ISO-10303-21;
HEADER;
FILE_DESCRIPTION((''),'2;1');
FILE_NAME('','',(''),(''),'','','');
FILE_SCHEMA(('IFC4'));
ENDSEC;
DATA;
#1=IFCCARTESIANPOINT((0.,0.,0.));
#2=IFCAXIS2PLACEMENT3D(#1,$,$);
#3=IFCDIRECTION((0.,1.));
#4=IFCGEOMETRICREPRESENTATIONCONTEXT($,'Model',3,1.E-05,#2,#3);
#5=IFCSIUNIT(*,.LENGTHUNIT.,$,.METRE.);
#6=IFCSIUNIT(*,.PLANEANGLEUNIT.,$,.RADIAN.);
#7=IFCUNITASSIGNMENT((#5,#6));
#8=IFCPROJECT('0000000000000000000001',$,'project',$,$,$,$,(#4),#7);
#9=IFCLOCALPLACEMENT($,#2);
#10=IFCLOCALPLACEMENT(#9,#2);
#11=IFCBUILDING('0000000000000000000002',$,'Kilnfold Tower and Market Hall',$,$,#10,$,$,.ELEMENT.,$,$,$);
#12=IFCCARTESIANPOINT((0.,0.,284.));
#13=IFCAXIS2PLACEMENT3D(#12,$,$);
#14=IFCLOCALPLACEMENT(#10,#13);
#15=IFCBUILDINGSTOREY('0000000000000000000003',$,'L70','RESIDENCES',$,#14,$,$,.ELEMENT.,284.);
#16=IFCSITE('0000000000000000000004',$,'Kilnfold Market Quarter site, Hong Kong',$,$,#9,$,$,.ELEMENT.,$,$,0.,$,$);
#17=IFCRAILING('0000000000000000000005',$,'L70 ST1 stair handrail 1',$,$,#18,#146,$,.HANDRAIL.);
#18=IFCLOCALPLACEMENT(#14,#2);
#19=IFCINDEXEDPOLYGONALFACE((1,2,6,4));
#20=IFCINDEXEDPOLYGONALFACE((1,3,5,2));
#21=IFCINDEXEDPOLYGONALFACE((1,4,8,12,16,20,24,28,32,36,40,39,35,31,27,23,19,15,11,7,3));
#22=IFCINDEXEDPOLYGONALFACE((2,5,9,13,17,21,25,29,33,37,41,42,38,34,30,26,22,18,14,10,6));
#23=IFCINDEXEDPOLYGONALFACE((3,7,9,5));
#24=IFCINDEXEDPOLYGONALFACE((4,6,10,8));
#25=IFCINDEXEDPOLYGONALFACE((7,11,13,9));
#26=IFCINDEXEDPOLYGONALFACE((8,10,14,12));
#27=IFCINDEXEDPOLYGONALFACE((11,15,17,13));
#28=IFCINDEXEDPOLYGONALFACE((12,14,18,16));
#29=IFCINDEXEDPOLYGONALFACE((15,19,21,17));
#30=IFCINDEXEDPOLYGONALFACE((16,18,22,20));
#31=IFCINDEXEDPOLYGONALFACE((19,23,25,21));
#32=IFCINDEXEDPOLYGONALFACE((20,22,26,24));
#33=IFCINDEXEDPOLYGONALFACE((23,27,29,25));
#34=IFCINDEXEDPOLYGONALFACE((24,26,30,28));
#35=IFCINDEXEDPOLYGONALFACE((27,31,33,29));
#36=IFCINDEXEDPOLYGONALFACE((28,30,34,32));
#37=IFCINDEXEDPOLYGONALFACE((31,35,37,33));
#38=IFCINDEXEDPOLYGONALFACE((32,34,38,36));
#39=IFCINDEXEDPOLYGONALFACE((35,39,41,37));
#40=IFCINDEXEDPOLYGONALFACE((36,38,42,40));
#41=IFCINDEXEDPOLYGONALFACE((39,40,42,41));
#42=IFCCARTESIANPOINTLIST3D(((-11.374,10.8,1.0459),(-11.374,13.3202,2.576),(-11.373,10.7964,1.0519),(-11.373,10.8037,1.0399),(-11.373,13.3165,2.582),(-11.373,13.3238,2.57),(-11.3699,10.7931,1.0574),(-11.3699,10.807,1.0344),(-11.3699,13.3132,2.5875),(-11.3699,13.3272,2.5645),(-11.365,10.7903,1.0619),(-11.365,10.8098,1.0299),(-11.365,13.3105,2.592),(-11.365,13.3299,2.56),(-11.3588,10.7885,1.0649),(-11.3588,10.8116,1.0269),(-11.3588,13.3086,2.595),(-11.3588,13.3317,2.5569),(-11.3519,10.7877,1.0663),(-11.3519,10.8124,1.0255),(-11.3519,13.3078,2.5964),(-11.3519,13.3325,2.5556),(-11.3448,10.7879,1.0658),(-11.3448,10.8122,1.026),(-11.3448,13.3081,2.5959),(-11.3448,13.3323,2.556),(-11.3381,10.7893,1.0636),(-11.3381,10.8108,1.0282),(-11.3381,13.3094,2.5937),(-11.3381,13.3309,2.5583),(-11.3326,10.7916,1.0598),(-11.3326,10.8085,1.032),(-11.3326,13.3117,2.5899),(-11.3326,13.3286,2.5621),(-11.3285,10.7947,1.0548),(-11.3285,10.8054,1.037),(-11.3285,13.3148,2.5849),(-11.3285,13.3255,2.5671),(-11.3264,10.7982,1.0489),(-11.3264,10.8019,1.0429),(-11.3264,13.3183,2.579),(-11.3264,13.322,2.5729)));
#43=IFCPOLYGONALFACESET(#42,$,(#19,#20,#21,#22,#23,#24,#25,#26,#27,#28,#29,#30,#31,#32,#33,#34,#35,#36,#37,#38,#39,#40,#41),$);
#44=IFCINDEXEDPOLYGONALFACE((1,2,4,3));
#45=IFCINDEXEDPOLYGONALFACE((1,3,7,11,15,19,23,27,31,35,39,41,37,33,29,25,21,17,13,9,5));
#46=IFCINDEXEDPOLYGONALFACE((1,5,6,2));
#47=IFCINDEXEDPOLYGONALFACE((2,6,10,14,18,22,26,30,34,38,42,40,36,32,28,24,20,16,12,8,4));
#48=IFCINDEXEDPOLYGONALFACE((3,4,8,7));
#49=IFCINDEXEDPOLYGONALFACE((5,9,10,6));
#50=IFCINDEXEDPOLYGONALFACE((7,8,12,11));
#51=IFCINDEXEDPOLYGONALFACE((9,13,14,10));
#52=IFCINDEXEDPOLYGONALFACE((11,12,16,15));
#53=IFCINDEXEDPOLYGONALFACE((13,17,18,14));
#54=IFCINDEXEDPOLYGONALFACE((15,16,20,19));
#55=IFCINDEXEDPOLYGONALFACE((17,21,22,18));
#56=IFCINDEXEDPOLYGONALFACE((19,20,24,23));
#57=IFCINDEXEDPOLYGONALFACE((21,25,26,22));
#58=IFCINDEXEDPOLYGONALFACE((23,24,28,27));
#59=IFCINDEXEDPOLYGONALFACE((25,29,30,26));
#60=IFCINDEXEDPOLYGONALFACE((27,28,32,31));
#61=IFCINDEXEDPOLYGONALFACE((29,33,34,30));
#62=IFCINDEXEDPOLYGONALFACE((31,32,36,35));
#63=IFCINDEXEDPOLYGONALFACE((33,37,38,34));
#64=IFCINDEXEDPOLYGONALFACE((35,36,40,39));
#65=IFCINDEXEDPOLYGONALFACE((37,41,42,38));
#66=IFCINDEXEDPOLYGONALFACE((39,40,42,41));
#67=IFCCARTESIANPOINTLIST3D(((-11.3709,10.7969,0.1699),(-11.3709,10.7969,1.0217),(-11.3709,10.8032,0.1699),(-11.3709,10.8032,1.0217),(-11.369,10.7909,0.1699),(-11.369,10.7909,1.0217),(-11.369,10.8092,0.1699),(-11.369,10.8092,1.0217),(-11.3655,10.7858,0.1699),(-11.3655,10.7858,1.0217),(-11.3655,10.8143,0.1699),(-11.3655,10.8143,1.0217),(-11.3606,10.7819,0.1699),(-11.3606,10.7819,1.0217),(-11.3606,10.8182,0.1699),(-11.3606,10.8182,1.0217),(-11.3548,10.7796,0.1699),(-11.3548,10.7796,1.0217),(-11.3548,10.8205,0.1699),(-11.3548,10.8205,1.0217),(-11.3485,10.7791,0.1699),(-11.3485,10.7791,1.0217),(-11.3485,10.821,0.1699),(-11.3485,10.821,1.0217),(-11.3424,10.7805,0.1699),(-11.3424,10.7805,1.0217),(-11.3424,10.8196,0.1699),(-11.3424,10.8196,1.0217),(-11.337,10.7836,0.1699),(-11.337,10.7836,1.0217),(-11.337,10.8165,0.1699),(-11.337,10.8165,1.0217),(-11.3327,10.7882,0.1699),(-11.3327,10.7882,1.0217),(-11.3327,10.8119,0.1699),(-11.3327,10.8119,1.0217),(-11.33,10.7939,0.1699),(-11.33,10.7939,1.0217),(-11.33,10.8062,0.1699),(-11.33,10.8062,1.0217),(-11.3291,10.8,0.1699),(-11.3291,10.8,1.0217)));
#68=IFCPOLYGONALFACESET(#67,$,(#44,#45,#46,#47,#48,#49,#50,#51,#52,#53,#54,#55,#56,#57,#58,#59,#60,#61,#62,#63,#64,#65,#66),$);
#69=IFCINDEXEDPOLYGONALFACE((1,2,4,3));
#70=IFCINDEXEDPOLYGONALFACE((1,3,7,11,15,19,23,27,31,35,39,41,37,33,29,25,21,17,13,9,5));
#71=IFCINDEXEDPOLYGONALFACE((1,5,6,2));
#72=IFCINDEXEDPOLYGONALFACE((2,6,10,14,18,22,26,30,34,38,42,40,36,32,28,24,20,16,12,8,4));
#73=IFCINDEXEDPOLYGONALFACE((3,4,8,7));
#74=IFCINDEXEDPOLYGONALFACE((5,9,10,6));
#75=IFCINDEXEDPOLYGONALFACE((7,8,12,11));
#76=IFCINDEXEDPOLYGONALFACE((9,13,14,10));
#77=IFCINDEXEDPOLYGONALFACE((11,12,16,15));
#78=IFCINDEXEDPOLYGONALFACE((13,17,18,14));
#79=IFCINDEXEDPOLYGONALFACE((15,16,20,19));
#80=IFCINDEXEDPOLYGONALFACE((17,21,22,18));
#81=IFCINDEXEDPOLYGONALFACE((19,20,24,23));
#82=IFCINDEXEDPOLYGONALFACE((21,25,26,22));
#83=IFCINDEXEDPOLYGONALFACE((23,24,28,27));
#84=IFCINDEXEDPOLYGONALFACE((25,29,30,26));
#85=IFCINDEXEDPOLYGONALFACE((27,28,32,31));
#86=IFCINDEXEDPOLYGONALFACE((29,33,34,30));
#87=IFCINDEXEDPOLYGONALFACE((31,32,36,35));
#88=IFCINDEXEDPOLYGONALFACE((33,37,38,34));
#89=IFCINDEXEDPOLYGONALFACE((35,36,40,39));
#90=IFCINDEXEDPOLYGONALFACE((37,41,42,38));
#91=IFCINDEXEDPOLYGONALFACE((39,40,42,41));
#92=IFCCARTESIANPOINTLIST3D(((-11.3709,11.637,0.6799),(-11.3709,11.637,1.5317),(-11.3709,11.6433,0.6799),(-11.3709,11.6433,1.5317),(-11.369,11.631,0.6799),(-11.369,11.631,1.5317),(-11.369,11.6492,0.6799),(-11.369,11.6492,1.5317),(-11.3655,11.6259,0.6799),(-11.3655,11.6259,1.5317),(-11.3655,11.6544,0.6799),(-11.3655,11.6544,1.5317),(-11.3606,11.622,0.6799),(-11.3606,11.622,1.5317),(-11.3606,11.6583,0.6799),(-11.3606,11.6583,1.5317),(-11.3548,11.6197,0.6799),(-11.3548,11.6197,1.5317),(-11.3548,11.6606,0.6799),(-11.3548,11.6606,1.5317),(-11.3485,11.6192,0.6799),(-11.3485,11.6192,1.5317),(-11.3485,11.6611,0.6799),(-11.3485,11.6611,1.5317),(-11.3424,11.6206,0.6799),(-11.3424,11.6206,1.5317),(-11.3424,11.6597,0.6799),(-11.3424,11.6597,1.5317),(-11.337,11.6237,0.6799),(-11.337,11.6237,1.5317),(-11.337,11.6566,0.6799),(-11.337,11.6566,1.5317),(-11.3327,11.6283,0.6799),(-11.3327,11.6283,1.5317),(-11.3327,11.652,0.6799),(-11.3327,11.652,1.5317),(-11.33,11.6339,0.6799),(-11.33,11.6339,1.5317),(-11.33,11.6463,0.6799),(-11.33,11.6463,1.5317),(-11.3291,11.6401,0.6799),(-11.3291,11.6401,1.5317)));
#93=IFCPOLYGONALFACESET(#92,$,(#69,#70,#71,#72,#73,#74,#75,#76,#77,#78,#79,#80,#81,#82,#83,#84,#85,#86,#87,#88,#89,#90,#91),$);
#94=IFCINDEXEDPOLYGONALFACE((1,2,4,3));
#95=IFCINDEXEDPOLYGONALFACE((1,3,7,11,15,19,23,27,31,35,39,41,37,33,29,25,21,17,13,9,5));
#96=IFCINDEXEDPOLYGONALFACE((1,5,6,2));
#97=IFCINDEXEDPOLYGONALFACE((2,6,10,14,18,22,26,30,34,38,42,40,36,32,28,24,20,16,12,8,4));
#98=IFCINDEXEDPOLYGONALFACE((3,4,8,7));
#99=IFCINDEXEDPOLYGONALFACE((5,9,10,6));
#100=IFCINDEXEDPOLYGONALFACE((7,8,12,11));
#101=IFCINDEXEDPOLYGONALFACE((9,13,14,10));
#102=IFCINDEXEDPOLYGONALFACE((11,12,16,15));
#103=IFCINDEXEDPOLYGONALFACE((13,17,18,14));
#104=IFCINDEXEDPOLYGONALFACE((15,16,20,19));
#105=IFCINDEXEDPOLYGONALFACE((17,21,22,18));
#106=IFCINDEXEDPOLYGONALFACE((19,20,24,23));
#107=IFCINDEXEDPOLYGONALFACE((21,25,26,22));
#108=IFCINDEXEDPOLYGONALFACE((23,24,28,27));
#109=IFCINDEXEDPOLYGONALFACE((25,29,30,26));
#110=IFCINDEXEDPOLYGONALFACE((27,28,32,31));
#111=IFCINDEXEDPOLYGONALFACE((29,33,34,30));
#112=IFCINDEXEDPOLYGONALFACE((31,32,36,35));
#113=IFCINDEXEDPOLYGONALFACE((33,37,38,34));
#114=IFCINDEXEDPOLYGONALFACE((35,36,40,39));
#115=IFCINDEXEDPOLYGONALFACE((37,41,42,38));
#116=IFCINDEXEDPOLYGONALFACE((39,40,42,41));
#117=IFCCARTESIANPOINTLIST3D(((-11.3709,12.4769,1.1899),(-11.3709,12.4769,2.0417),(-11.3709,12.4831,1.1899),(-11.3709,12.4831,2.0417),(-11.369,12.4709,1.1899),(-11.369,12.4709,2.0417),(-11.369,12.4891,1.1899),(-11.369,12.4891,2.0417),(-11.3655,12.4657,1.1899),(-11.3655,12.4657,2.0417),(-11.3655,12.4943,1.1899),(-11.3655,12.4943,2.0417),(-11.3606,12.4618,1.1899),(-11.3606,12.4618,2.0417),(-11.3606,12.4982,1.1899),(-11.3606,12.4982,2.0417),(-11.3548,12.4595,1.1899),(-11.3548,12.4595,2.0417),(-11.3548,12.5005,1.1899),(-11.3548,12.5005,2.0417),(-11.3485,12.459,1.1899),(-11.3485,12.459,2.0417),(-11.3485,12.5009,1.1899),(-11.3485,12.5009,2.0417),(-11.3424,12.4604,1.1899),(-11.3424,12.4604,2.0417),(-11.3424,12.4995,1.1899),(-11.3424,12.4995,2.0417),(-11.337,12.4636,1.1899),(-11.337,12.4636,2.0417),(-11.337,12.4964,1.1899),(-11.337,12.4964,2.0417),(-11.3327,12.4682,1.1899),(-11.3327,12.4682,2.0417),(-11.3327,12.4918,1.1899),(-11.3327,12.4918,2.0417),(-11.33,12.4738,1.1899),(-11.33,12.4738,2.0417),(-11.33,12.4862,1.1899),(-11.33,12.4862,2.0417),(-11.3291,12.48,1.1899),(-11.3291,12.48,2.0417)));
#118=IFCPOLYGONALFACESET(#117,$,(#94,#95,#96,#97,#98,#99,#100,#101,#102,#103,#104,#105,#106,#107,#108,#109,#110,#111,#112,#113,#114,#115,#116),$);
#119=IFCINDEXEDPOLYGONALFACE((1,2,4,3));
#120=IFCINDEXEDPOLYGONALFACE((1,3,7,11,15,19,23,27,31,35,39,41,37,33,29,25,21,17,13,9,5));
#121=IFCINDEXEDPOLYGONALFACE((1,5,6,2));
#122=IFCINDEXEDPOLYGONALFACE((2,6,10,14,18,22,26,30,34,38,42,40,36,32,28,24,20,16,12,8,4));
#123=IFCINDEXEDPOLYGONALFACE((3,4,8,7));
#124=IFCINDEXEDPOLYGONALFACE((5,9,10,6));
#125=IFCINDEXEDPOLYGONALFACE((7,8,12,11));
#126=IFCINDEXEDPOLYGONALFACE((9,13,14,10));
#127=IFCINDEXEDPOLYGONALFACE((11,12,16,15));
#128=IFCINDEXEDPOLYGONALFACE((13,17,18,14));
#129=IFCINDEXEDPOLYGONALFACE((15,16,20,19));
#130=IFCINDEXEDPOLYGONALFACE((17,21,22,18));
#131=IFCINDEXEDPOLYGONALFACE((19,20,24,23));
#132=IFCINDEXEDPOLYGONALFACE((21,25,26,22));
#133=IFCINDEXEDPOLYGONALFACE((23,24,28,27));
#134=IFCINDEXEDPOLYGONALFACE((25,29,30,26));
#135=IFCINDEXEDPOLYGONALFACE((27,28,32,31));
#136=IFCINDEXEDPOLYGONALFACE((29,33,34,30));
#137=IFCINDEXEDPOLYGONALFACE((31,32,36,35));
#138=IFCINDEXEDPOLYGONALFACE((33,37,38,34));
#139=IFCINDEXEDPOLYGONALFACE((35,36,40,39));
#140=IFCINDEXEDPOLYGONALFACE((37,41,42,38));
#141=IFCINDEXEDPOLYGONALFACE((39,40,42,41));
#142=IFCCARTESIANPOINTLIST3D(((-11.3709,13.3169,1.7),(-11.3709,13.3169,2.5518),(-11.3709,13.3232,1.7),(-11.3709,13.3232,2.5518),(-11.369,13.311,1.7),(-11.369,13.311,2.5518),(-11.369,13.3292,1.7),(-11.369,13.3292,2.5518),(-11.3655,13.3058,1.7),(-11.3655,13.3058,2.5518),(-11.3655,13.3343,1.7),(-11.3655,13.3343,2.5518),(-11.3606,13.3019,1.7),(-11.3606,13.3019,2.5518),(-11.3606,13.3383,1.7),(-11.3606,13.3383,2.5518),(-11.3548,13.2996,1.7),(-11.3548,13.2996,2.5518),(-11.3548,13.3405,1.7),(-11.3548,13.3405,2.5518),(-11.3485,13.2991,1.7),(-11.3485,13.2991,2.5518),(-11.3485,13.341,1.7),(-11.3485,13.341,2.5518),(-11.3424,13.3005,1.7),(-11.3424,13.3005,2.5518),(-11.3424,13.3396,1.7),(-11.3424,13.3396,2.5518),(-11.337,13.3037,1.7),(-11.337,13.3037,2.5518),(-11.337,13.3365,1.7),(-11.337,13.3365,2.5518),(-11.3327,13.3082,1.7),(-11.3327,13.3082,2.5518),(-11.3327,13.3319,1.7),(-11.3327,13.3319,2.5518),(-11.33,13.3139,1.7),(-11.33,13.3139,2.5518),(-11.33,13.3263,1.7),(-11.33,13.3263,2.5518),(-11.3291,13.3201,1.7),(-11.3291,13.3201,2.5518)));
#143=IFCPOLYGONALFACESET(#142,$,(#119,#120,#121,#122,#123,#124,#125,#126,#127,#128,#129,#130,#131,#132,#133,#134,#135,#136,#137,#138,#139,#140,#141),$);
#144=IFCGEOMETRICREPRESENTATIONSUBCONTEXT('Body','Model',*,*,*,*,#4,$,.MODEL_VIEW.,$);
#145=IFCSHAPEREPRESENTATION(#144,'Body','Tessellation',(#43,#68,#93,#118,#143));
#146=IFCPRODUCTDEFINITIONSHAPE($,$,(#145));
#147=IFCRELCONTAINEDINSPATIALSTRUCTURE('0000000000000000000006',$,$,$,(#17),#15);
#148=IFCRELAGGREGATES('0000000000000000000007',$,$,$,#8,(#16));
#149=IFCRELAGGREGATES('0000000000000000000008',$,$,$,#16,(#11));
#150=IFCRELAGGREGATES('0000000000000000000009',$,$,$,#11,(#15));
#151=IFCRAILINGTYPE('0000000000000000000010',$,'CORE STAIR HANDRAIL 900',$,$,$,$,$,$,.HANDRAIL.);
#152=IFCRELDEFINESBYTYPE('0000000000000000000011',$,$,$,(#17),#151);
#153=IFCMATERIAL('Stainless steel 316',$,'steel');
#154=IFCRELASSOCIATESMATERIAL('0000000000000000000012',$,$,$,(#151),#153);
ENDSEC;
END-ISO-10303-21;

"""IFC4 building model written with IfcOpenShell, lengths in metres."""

from ifc_helpers import new_model, si_unit, direction, frame, origin, origin_2d, place, context, subcontext, project, spatial, circle, extrude, material, type_object, element, save


model = new_model("IFC4")

# Units and contexts
model_context = context("Model", 3, precision=1e-05, world=origin(), true_north=direction((0.0, 1.0)))
body_context = subcontext(model_context, "Body", "Model", "MODEL_VIEW")
ifc_project = project(units=[si_unit("LENGTHUNIT", "METRE"), si_unit("PLANEANGLEUNIT", "RADIAN")], contexts=[model_context])

# Site, building, storey
site_placement = place(None, origin())
site = spatial("IfcSite", under=ifc_project, at=site_placement, Name="Kilnfold Market Quarter site, Hong Kong", CompositionType="ELEMENT", RefElevation=0.0)
building_placement = place(site_placement, origin())
building = spatial("IfcBuilding", under=site, at=building_placement, Name="Kilnfold Tower and Market Hall", CompositionType="ELEMENT")
storey_placement = place(building_placement, frame((0.0, 0.0, 284.0)))
storey = spatial("IfcBuildingStorey", under=building, at=storey_placement, Name="L70", Description="RESIDENCES", CompositionType="ELEMENT", Elevation=284.0)

# Railing
ifc_material_1 = material(Name="Stainless steel 316", Category="steel")
railing_type_1 = type_object("IfcRailingType", Name="CORE STAIR HANDRAIL 900", PredefinedType="HANDRAIL", material=ifc_material_1)
railing_1_placement = place(storey_placement, frame((-11.3501, 10.8, 0.1699)))
element("IfcRailing", 1, at=railing_1_placement, inside=storey, type_object=railing_type_1, Name="L70 ST1 stair handrail 1", PredefinedType="HANDRAIL", context=body_context, shape_type="SweptSolid", body=[
    extrude(circle(Radius=0.0239, at=origin_2d()), frame((0.0, 0.0, 0.876), z_axis=(0.0, 0.854785, 0.518982), x_axis=(-1.0, 0.0, 0.0)), (0.0, 0.0, 1.0), 2.9482),
    extrude(circle(Radius=0.021, at=origin_2d()), origin(), (0.0, 0.0, 1.0), 0.8518),
    extrude(circle(Radius=0.021, at=origin_2d()), frame((0.0, 0.8401, 0.51)), (0.0, 0.0, 1.0), 0.8518),
    extrude(circle(Radius=0.021, at=origin_2d()), frame((0.0, 1.6799, 1.02)), (0.0, 0.0, 1.0), 0.8518),
    extrude(circle(Radius=0.021, at=origin_2d()), frame((0.0, 2.52, 1.53)), (0.0, 0.0, 1.0), 0.8518),
])

save(model, "model.ifc")
